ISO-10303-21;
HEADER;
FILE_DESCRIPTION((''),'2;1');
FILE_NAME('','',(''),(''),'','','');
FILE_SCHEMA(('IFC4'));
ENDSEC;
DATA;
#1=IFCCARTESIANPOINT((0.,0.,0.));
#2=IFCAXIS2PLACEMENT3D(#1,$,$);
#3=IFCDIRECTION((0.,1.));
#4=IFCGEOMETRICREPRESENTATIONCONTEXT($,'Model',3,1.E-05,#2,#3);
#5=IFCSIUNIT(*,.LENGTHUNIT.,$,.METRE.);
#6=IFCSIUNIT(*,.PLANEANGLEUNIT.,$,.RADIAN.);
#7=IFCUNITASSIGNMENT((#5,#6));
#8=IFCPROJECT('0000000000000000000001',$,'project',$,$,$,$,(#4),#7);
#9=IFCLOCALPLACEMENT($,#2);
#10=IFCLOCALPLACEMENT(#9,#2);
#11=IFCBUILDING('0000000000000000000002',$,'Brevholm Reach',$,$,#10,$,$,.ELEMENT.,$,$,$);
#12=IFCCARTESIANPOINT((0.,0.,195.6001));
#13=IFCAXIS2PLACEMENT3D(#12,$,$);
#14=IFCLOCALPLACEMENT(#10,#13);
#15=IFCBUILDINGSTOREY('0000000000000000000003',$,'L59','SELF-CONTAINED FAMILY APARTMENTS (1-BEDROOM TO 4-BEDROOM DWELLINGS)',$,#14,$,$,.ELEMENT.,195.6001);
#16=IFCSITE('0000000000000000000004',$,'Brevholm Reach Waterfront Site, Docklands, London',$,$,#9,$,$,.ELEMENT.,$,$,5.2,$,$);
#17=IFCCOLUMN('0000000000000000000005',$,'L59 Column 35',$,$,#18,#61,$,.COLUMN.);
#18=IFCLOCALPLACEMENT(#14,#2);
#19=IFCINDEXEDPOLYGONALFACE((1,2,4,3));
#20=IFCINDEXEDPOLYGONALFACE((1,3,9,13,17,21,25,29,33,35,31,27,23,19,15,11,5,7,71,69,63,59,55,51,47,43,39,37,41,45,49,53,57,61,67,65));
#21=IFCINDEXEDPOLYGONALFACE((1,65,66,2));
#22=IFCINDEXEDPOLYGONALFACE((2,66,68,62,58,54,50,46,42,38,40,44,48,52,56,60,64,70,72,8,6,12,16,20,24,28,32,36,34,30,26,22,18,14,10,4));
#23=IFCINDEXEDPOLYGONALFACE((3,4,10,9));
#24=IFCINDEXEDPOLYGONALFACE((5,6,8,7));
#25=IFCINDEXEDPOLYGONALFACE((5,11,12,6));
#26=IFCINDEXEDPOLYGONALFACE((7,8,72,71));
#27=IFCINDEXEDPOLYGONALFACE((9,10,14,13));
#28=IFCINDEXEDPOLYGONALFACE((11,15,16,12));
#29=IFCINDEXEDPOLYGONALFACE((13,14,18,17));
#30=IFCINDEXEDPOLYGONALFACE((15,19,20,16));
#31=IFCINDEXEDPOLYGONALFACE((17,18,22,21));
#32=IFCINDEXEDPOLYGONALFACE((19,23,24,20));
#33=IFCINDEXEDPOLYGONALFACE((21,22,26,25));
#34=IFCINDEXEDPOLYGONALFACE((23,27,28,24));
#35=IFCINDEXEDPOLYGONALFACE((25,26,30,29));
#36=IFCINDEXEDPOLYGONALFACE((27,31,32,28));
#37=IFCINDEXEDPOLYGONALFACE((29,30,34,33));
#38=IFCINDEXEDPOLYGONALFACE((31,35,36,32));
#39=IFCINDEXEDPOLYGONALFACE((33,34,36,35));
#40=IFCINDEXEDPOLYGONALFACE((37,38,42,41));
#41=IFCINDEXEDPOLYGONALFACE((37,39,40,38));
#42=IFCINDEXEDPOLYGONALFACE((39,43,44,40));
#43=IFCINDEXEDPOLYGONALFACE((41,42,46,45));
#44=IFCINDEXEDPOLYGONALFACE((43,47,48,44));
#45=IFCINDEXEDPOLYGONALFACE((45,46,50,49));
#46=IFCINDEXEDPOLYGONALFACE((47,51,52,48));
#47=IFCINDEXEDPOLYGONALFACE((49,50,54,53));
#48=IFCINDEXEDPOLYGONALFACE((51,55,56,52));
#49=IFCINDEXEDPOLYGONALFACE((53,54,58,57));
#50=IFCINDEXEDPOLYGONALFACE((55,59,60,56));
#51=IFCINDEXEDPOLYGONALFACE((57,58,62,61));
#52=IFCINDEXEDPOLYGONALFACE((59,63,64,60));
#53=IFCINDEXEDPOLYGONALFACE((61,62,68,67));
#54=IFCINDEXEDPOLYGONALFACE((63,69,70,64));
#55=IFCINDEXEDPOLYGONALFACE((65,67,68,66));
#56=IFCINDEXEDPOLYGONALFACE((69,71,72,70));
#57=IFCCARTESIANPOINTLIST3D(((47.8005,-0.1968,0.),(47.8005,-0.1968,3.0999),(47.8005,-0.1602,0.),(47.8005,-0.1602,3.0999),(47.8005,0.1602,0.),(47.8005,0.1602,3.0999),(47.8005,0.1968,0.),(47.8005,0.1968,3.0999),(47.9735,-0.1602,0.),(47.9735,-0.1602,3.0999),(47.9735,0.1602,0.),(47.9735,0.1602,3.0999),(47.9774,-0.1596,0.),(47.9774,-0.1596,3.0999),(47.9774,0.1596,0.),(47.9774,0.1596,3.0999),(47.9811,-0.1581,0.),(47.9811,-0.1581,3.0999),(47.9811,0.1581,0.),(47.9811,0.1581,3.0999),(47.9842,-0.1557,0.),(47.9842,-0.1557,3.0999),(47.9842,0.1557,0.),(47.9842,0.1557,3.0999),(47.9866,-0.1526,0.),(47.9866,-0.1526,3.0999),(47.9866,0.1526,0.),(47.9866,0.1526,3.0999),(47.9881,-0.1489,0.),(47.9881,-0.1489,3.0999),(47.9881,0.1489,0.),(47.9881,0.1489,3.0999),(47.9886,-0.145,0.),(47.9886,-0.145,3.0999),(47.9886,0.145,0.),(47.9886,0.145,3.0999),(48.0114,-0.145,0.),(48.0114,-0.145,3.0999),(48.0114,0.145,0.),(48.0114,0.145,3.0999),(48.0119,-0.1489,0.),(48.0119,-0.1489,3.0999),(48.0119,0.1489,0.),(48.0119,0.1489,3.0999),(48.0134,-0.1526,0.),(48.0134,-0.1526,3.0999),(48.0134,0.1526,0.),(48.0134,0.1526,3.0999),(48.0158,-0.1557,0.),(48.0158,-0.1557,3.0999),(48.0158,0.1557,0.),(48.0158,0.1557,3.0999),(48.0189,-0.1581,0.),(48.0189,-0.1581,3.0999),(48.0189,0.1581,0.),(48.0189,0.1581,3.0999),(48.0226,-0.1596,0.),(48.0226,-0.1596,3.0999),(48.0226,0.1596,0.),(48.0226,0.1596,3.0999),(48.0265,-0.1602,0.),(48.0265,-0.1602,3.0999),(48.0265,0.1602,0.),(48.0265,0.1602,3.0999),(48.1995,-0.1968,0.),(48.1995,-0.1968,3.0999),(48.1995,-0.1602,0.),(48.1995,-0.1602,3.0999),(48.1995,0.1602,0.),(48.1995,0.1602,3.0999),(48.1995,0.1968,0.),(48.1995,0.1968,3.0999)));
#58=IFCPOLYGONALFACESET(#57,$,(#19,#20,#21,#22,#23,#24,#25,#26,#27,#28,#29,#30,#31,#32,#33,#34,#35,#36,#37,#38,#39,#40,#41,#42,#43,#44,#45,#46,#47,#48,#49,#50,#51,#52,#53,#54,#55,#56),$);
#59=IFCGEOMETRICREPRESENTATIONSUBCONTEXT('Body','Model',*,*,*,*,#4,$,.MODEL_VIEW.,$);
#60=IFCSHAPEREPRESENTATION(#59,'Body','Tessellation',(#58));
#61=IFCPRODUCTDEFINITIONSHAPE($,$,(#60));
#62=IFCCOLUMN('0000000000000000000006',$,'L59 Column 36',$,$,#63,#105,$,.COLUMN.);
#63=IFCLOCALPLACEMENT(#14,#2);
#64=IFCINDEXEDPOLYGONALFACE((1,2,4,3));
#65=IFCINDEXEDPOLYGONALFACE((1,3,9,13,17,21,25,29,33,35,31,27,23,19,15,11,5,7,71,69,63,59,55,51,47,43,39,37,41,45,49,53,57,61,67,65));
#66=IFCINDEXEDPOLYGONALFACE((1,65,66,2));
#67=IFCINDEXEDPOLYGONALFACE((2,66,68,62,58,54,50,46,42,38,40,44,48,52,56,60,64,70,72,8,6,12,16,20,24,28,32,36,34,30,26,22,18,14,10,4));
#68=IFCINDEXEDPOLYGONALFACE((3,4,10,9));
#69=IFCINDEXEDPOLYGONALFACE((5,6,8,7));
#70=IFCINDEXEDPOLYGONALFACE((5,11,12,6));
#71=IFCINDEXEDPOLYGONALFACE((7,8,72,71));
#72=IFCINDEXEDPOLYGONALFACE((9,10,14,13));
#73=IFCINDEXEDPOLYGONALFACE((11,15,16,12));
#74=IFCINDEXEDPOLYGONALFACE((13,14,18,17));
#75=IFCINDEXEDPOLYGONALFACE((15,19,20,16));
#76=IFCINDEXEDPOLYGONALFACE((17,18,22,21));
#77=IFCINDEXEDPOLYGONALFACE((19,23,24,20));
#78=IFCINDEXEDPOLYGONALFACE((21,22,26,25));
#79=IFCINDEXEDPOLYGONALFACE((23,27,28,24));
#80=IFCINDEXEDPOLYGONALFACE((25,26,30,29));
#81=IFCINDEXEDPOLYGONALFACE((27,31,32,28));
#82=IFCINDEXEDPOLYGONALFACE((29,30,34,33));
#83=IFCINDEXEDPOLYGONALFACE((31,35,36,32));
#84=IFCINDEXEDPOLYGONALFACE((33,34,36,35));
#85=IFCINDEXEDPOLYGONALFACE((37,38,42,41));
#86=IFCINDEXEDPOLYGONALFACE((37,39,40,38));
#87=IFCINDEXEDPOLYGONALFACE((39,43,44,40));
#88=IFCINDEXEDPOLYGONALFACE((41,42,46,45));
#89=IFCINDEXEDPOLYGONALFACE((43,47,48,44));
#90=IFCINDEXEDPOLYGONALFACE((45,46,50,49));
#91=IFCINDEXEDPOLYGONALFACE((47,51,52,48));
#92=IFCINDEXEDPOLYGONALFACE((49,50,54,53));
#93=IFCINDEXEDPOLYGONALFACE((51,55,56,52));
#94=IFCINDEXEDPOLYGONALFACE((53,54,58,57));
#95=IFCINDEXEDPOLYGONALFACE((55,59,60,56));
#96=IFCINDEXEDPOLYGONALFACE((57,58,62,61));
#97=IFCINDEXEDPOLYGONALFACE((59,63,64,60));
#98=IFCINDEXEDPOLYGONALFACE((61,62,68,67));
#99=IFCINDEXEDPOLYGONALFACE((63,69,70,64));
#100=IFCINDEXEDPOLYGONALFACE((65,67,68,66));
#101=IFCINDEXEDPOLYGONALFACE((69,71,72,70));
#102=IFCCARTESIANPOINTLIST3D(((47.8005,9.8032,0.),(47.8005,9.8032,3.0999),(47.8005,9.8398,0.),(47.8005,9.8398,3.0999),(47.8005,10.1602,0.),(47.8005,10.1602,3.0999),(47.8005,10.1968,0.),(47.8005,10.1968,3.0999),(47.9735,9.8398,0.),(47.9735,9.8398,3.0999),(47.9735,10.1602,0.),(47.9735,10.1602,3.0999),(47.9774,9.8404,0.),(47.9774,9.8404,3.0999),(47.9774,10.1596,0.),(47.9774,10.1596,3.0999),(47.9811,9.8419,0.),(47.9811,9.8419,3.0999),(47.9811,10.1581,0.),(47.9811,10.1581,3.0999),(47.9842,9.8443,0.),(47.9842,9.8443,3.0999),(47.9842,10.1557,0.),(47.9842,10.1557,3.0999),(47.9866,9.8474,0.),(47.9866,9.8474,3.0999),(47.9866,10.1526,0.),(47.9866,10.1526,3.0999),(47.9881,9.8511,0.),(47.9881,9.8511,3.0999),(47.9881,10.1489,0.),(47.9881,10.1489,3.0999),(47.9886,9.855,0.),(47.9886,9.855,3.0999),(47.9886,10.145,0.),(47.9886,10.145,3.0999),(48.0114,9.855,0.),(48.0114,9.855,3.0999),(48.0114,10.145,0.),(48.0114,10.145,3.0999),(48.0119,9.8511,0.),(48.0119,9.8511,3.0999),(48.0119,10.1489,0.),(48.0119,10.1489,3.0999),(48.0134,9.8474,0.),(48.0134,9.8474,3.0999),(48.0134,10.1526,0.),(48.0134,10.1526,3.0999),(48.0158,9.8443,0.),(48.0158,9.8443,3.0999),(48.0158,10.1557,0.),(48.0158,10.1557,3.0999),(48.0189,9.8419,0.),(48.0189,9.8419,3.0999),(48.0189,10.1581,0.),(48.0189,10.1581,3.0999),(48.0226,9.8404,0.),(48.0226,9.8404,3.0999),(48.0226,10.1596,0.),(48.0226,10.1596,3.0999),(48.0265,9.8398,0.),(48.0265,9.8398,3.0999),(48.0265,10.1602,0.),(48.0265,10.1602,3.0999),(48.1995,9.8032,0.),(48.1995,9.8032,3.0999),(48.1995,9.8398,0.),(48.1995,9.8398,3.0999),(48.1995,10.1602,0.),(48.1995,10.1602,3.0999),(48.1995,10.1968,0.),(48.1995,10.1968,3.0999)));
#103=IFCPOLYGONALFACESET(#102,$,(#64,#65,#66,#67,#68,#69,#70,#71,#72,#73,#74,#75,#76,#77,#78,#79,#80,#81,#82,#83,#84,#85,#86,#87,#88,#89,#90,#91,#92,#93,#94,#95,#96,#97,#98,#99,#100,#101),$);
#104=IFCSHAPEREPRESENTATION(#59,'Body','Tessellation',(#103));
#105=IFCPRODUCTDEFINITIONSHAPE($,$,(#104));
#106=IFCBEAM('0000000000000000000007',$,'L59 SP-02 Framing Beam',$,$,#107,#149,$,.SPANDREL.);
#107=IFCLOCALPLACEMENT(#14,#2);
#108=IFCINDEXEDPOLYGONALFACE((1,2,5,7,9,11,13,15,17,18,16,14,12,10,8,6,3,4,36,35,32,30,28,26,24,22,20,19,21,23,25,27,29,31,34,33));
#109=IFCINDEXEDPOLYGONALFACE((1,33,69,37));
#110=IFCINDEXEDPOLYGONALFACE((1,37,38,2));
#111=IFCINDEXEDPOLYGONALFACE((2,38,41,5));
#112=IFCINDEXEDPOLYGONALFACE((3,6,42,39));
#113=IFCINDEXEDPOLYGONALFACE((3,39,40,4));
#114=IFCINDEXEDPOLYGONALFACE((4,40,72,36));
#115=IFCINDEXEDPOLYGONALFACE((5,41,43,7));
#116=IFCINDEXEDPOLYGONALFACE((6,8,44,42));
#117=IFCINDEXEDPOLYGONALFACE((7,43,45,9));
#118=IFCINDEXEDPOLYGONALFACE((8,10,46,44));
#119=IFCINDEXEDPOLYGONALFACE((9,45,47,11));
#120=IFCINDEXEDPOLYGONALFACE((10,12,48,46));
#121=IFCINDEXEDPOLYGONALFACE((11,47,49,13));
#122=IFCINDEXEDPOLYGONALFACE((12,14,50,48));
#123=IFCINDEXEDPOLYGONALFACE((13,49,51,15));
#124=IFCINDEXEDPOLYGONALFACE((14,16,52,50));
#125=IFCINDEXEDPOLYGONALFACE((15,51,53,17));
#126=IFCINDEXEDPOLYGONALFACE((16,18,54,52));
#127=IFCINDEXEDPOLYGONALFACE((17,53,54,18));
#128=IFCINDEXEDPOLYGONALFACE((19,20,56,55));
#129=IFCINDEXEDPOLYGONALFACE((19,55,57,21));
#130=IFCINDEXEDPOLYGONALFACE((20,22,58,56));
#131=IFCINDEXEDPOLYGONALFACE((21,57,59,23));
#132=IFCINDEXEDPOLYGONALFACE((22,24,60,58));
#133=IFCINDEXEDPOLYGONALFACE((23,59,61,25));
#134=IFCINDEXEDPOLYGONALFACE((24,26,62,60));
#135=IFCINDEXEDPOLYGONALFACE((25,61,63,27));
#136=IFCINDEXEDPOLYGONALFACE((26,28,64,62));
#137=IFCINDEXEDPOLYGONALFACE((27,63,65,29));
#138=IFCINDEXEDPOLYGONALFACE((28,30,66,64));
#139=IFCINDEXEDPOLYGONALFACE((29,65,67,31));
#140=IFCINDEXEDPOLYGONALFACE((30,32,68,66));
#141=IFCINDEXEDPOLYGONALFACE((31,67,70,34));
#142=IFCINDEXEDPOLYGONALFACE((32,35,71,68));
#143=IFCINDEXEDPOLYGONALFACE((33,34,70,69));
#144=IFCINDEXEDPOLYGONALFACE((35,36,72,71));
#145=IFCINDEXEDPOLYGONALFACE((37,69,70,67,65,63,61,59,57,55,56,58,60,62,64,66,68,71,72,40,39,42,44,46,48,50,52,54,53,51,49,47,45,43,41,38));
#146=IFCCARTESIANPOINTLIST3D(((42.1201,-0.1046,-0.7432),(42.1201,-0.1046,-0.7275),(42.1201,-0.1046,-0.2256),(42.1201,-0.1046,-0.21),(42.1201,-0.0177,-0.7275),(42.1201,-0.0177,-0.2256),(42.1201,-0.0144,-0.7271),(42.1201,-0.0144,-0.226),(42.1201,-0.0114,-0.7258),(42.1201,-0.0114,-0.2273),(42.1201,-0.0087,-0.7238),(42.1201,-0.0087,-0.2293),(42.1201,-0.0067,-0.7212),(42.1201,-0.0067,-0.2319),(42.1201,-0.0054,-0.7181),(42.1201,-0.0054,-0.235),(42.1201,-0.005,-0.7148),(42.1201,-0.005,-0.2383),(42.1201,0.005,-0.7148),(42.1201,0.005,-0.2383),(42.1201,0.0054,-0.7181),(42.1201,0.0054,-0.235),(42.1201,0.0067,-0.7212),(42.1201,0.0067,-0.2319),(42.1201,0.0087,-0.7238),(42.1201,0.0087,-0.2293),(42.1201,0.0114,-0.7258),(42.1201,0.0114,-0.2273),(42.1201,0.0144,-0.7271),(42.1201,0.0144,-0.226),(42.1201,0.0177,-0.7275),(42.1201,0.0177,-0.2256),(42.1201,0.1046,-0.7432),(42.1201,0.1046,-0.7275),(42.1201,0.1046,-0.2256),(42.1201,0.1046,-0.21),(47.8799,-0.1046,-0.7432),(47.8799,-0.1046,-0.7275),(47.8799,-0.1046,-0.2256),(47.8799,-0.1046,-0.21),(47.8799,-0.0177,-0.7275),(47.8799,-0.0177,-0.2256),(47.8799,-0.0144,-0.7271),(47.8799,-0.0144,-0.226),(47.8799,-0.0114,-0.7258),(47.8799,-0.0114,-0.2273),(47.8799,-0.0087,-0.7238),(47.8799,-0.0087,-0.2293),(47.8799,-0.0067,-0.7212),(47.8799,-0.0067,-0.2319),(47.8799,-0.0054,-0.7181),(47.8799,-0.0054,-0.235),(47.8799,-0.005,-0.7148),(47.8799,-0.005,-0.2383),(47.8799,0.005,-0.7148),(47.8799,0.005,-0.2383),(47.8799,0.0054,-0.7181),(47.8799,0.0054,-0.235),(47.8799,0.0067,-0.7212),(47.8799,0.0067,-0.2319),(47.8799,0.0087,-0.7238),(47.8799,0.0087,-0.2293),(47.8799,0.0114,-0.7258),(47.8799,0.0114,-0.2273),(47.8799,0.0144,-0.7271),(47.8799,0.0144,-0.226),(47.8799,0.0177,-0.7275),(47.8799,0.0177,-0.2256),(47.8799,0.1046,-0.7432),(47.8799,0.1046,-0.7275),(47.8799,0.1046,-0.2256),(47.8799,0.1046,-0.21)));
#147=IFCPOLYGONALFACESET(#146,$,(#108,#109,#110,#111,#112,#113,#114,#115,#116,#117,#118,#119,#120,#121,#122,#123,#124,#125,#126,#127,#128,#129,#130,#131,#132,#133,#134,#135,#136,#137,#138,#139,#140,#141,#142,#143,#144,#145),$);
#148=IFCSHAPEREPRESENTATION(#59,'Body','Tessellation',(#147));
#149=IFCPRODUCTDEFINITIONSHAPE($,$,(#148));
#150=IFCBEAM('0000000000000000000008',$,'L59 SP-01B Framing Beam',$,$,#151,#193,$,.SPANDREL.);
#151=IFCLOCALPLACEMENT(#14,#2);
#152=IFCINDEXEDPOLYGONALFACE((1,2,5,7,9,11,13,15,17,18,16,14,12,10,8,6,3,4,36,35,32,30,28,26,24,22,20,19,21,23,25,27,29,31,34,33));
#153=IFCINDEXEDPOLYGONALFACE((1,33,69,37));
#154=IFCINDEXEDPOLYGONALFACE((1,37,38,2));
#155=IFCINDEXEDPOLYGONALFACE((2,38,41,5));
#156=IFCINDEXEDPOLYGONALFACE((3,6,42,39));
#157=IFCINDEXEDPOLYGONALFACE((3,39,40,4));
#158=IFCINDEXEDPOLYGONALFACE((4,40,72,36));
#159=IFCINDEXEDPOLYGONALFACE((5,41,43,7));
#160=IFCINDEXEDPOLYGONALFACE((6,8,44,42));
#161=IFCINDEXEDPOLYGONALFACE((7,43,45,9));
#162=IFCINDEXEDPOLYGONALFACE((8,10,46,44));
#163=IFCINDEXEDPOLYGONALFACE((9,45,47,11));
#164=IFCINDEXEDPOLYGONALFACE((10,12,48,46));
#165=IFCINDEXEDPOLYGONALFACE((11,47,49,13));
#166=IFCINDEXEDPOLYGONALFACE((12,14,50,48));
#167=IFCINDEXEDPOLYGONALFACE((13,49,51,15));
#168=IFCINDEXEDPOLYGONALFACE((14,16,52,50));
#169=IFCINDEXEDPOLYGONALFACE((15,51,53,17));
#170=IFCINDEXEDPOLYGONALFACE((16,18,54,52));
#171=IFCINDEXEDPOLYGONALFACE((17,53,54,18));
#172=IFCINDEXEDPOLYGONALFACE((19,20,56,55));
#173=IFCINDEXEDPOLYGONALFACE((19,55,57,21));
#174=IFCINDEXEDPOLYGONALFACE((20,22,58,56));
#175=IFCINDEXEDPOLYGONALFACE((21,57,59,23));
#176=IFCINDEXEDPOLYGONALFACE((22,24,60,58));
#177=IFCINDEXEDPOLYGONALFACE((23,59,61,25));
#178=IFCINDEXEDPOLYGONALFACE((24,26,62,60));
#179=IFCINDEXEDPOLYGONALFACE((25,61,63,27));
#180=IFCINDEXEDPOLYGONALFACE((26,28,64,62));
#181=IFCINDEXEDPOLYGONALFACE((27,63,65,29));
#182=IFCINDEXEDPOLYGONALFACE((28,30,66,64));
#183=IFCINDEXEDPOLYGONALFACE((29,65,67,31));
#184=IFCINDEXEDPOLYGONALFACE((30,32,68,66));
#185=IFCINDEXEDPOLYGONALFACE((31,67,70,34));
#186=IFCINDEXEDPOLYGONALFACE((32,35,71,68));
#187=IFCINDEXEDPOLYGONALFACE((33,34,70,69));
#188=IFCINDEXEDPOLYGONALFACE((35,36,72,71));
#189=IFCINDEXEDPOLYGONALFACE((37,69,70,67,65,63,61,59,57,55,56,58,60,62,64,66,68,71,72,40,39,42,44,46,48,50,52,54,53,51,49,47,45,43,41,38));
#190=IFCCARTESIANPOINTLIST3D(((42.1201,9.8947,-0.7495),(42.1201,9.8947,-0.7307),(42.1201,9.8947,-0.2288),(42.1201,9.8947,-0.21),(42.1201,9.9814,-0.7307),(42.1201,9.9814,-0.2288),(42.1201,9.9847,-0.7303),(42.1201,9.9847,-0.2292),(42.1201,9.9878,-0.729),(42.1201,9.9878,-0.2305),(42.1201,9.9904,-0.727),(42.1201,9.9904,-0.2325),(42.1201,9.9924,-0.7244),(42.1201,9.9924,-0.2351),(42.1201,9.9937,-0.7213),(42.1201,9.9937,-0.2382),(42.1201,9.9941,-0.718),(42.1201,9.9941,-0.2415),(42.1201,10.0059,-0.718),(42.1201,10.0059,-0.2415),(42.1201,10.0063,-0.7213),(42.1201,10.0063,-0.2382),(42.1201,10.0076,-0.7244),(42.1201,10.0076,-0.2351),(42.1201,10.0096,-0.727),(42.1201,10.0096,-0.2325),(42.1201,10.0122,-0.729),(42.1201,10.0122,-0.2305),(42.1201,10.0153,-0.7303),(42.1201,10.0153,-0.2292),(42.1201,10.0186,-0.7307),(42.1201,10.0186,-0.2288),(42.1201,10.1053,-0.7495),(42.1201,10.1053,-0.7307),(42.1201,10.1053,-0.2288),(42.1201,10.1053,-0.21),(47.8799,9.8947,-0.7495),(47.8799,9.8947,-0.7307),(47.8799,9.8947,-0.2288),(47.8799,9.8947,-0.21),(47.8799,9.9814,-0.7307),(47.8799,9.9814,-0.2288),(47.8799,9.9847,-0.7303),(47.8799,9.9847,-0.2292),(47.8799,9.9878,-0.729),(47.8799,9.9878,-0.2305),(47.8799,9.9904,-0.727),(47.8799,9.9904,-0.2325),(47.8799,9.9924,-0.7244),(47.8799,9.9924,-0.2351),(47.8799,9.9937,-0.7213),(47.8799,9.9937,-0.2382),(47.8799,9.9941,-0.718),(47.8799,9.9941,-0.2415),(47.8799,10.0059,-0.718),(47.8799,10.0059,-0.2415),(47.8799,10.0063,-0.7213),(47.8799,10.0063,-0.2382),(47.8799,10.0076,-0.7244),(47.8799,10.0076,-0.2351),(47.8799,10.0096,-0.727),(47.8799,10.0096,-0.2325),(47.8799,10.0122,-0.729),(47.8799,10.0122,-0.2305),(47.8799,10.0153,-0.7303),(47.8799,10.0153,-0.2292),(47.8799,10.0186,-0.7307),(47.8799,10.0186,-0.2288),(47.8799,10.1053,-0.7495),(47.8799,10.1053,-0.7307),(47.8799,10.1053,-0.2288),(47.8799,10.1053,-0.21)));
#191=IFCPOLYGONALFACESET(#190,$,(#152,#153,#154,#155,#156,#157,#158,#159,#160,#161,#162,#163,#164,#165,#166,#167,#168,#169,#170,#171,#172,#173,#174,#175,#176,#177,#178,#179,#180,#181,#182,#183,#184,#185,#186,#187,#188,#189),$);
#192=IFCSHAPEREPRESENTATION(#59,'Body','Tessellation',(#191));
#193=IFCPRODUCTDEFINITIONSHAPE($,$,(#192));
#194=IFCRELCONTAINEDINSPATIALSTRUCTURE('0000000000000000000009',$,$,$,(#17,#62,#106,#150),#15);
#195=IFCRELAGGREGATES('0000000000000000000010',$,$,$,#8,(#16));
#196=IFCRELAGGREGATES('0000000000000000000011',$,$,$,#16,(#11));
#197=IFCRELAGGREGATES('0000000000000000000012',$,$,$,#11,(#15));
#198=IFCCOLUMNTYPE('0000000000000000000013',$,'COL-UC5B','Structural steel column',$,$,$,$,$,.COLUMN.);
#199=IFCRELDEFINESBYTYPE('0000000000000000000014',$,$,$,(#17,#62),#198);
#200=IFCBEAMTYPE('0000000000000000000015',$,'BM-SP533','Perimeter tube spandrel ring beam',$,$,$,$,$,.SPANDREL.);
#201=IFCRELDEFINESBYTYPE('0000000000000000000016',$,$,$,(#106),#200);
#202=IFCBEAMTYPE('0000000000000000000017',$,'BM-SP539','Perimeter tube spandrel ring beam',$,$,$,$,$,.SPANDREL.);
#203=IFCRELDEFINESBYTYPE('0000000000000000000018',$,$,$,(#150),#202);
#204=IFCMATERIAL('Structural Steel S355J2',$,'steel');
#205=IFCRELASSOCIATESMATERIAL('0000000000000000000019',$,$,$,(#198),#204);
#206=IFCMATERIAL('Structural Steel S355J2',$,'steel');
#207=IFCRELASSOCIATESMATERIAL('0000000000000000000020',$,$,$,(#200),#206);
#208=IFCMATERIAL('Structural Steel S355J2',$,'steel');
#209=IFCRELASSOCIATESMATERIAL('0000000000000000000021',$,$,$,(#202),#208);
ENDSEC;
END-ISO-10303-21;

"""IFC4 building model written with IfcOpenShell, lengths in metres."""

from ifc_helpers import new_model, si_unit, direction, frame, origin, origin_2d, place, context, subcontext, project, spatial, i_section, extrude, material, material_profile, profile_set, type_object, element, save


model = new_model("IFC4")

# Units and contexts
model_context = context("Model", 3, precision=1e-05, world=origin(), true_north=direction((0.0, 1.0)))
body_context = subcontext(model_context, "Body", "Model", "MODEL_VIEW")
ifc_project = project(units=[si_unit("LENGTHUNIT", "METRE"), si_unit("PLANEANGLEUNIT", "RADIAN")], contexts=[model_context])

# Site, building, storey
site_placement = place(None, origin())
site = spatial("IfcSite", under=ifc_project, at=site_placement, Name="Brevholm Reach Waterfront Site, Docklands, London", CompositionType="ELEMENT", RefElevation=5.2)
building_placement = place(site_placement, origin())
building = spatial("IfcBuilding", under=site, at=building_placement, Name="Brevholm Reach", CompositionType="ELEMENT")
storey_placement = place(building_placement, frame((0.0, 0.0, 195.6001)))
storey = spatial("IfcBuildingStorey", under=building, at=storey_placement, Name="L59", Description="SELF-CONTAINED FAMILY APARTMENTS (1-BEDROOM TO 4-BEDROOM DWELLINGS)", CompositionType="ELEMENT", Elevation=195.6001)

# Columns
ifc_material_1 = material(Name="Structural Steel S355J2", Category="steel")
ifc_material_profile_1 = material_profile(ifc_material_1, i_section(OverallWidth=0.3989, OverallDepth=0.3936, WebThickness=0.0227, FlangeThickness=0.0366, FilletRadius=0.0151, at=origin_2d()), Name="UKC 356x406x287")
ifc_profile_set_1 = profile_set([ifc_material_profile_1], Name="Structural Steel S355J2")
column_type = type_object("IfcColumnType", Name="COL-UC5B", Description="Structural steel column", PredefinedType="COLUMN", material=ifc_profile_set_1)
for number, where, z_axis, x_axis, name in (
    (1, (48.0, 0.0, 0.0), (0.0, 0.0, 1.0), (1.0, 0.0, 0.0), "L59 Column 35"),
    (2, (48.0, 10.0, 0.0), (0.0, 0.0, 1.0), (1.0, 0.0, 0.0), "L59 Column 36"),
):
    element("IfcColumn", number, at=place(storey_placement, frame(where, z_axis=z_axis, x_axis=x_axis)), inside=storey, type_object=column_type, Name=name, PredefinedType="COLUMN", context=body_context, shape_type="SweptSolid", body=[
        extrude(i_section(OverallWidth=0.3989, OverallDepth=0.3936, WebThickness=0.0227, FlangeThickness=0.0366, FilletRadius=0.0151, at=origin_2d()), origin(), (0.0, 0.0, 1.0), 3.0999),
    ])

# Beams
ifc_material_2 = material(Name="Structural Steel S355J2", Category="steel")
ifc_material_profile_2 = material_profile(ifc_material_2, i_section(OverallWidth=0.2092, OverallDepth=0.5332, WebThickness=0.01, FlangeThickness=0.0156, FilletRadius=0.0127, at=origin_2d()), Name="UKB 533x210x92")
ifc_profile_set_2 = profile_set([ifc_material_profile_2], Name="Structural Steel S355J2")
beam_type_1 = type_object("IfcBeamType", Name="BM-SP533", Description="Perimeter tube spandrel ring beam", PredefinedType="SPANDREL", material=ifc_profile_set_2)
beam_1_placement = place(storey_placement, frame((42.1201, 0.0, -0.4766), z_axis=(1.0, 0.0, 0.0), x_axis=(0.0, 1.0, 0.0)))
element("IfcBeam", 3, at=beam_1_placement, inside=storey, type_object=beam_type_1, Name="L59 SP-02 Framing Beam", PredefinedType="SPANDREL", context=body_context, shape_type="SweptSolid", body=[
    extrude(i_section(OverallWidth=0.2092, OverallDepth=0.5332, WebThickness=0.01, FlangeThickness=0.0156, FilletRadius=0.0127, at=origin_2d()), origin(), (0.0, 0.0, 1.0), 5.7598),
])
ifc_material_3 = material(Name="Structural Steel S355J2", Category="steel")
ifc_material_profile_3 = material_profile(ifc_material_3, i_section(OverallWidth=0.2107, OverallDepth=0.5396, WebThickness=0.0117, FlangeThickness=0.0188, FilletRadius=0.0127, at=origin_2d()), Name="UKB 533x210x109")
ifc_profile_set_3 = profile_set([ifc_material_profile_3], Name="Structural Steel S355J2")
beam_type_2 = type_object("IfcBeamType", Name="BM-SP539", Description="Perimeter tube spandrel ring beam", PredefinedType="SPANDREL", material=ifc_profile_set_3)
beam_2_placement = place(storey_placement, frame((42.1201, 10.0, -0.4797), z_axis=(1.0, 0.0, 0.0), x_axis=(0.0, 1.0, 0.0)))
element("IfcBeam", 4, at=beam_2_placement, inside=storey, type_object=beam_type_2, Name="L59 SP-01B Framing Beam", PredefinedType="SPANDREL", context=body_context, shape_type="SweptSolid", body=[
    extrude(i_section(OverallWidth=0.2107, OverallDepth=0.5396, WebThickness=0.0117, FlangeThickness=0.0188, FilletRadius=0.0127, at=origin_2d()), origin(), (0.0, 0.0, 1.0), 5.7598),
])

save(model, "model.ifc")
